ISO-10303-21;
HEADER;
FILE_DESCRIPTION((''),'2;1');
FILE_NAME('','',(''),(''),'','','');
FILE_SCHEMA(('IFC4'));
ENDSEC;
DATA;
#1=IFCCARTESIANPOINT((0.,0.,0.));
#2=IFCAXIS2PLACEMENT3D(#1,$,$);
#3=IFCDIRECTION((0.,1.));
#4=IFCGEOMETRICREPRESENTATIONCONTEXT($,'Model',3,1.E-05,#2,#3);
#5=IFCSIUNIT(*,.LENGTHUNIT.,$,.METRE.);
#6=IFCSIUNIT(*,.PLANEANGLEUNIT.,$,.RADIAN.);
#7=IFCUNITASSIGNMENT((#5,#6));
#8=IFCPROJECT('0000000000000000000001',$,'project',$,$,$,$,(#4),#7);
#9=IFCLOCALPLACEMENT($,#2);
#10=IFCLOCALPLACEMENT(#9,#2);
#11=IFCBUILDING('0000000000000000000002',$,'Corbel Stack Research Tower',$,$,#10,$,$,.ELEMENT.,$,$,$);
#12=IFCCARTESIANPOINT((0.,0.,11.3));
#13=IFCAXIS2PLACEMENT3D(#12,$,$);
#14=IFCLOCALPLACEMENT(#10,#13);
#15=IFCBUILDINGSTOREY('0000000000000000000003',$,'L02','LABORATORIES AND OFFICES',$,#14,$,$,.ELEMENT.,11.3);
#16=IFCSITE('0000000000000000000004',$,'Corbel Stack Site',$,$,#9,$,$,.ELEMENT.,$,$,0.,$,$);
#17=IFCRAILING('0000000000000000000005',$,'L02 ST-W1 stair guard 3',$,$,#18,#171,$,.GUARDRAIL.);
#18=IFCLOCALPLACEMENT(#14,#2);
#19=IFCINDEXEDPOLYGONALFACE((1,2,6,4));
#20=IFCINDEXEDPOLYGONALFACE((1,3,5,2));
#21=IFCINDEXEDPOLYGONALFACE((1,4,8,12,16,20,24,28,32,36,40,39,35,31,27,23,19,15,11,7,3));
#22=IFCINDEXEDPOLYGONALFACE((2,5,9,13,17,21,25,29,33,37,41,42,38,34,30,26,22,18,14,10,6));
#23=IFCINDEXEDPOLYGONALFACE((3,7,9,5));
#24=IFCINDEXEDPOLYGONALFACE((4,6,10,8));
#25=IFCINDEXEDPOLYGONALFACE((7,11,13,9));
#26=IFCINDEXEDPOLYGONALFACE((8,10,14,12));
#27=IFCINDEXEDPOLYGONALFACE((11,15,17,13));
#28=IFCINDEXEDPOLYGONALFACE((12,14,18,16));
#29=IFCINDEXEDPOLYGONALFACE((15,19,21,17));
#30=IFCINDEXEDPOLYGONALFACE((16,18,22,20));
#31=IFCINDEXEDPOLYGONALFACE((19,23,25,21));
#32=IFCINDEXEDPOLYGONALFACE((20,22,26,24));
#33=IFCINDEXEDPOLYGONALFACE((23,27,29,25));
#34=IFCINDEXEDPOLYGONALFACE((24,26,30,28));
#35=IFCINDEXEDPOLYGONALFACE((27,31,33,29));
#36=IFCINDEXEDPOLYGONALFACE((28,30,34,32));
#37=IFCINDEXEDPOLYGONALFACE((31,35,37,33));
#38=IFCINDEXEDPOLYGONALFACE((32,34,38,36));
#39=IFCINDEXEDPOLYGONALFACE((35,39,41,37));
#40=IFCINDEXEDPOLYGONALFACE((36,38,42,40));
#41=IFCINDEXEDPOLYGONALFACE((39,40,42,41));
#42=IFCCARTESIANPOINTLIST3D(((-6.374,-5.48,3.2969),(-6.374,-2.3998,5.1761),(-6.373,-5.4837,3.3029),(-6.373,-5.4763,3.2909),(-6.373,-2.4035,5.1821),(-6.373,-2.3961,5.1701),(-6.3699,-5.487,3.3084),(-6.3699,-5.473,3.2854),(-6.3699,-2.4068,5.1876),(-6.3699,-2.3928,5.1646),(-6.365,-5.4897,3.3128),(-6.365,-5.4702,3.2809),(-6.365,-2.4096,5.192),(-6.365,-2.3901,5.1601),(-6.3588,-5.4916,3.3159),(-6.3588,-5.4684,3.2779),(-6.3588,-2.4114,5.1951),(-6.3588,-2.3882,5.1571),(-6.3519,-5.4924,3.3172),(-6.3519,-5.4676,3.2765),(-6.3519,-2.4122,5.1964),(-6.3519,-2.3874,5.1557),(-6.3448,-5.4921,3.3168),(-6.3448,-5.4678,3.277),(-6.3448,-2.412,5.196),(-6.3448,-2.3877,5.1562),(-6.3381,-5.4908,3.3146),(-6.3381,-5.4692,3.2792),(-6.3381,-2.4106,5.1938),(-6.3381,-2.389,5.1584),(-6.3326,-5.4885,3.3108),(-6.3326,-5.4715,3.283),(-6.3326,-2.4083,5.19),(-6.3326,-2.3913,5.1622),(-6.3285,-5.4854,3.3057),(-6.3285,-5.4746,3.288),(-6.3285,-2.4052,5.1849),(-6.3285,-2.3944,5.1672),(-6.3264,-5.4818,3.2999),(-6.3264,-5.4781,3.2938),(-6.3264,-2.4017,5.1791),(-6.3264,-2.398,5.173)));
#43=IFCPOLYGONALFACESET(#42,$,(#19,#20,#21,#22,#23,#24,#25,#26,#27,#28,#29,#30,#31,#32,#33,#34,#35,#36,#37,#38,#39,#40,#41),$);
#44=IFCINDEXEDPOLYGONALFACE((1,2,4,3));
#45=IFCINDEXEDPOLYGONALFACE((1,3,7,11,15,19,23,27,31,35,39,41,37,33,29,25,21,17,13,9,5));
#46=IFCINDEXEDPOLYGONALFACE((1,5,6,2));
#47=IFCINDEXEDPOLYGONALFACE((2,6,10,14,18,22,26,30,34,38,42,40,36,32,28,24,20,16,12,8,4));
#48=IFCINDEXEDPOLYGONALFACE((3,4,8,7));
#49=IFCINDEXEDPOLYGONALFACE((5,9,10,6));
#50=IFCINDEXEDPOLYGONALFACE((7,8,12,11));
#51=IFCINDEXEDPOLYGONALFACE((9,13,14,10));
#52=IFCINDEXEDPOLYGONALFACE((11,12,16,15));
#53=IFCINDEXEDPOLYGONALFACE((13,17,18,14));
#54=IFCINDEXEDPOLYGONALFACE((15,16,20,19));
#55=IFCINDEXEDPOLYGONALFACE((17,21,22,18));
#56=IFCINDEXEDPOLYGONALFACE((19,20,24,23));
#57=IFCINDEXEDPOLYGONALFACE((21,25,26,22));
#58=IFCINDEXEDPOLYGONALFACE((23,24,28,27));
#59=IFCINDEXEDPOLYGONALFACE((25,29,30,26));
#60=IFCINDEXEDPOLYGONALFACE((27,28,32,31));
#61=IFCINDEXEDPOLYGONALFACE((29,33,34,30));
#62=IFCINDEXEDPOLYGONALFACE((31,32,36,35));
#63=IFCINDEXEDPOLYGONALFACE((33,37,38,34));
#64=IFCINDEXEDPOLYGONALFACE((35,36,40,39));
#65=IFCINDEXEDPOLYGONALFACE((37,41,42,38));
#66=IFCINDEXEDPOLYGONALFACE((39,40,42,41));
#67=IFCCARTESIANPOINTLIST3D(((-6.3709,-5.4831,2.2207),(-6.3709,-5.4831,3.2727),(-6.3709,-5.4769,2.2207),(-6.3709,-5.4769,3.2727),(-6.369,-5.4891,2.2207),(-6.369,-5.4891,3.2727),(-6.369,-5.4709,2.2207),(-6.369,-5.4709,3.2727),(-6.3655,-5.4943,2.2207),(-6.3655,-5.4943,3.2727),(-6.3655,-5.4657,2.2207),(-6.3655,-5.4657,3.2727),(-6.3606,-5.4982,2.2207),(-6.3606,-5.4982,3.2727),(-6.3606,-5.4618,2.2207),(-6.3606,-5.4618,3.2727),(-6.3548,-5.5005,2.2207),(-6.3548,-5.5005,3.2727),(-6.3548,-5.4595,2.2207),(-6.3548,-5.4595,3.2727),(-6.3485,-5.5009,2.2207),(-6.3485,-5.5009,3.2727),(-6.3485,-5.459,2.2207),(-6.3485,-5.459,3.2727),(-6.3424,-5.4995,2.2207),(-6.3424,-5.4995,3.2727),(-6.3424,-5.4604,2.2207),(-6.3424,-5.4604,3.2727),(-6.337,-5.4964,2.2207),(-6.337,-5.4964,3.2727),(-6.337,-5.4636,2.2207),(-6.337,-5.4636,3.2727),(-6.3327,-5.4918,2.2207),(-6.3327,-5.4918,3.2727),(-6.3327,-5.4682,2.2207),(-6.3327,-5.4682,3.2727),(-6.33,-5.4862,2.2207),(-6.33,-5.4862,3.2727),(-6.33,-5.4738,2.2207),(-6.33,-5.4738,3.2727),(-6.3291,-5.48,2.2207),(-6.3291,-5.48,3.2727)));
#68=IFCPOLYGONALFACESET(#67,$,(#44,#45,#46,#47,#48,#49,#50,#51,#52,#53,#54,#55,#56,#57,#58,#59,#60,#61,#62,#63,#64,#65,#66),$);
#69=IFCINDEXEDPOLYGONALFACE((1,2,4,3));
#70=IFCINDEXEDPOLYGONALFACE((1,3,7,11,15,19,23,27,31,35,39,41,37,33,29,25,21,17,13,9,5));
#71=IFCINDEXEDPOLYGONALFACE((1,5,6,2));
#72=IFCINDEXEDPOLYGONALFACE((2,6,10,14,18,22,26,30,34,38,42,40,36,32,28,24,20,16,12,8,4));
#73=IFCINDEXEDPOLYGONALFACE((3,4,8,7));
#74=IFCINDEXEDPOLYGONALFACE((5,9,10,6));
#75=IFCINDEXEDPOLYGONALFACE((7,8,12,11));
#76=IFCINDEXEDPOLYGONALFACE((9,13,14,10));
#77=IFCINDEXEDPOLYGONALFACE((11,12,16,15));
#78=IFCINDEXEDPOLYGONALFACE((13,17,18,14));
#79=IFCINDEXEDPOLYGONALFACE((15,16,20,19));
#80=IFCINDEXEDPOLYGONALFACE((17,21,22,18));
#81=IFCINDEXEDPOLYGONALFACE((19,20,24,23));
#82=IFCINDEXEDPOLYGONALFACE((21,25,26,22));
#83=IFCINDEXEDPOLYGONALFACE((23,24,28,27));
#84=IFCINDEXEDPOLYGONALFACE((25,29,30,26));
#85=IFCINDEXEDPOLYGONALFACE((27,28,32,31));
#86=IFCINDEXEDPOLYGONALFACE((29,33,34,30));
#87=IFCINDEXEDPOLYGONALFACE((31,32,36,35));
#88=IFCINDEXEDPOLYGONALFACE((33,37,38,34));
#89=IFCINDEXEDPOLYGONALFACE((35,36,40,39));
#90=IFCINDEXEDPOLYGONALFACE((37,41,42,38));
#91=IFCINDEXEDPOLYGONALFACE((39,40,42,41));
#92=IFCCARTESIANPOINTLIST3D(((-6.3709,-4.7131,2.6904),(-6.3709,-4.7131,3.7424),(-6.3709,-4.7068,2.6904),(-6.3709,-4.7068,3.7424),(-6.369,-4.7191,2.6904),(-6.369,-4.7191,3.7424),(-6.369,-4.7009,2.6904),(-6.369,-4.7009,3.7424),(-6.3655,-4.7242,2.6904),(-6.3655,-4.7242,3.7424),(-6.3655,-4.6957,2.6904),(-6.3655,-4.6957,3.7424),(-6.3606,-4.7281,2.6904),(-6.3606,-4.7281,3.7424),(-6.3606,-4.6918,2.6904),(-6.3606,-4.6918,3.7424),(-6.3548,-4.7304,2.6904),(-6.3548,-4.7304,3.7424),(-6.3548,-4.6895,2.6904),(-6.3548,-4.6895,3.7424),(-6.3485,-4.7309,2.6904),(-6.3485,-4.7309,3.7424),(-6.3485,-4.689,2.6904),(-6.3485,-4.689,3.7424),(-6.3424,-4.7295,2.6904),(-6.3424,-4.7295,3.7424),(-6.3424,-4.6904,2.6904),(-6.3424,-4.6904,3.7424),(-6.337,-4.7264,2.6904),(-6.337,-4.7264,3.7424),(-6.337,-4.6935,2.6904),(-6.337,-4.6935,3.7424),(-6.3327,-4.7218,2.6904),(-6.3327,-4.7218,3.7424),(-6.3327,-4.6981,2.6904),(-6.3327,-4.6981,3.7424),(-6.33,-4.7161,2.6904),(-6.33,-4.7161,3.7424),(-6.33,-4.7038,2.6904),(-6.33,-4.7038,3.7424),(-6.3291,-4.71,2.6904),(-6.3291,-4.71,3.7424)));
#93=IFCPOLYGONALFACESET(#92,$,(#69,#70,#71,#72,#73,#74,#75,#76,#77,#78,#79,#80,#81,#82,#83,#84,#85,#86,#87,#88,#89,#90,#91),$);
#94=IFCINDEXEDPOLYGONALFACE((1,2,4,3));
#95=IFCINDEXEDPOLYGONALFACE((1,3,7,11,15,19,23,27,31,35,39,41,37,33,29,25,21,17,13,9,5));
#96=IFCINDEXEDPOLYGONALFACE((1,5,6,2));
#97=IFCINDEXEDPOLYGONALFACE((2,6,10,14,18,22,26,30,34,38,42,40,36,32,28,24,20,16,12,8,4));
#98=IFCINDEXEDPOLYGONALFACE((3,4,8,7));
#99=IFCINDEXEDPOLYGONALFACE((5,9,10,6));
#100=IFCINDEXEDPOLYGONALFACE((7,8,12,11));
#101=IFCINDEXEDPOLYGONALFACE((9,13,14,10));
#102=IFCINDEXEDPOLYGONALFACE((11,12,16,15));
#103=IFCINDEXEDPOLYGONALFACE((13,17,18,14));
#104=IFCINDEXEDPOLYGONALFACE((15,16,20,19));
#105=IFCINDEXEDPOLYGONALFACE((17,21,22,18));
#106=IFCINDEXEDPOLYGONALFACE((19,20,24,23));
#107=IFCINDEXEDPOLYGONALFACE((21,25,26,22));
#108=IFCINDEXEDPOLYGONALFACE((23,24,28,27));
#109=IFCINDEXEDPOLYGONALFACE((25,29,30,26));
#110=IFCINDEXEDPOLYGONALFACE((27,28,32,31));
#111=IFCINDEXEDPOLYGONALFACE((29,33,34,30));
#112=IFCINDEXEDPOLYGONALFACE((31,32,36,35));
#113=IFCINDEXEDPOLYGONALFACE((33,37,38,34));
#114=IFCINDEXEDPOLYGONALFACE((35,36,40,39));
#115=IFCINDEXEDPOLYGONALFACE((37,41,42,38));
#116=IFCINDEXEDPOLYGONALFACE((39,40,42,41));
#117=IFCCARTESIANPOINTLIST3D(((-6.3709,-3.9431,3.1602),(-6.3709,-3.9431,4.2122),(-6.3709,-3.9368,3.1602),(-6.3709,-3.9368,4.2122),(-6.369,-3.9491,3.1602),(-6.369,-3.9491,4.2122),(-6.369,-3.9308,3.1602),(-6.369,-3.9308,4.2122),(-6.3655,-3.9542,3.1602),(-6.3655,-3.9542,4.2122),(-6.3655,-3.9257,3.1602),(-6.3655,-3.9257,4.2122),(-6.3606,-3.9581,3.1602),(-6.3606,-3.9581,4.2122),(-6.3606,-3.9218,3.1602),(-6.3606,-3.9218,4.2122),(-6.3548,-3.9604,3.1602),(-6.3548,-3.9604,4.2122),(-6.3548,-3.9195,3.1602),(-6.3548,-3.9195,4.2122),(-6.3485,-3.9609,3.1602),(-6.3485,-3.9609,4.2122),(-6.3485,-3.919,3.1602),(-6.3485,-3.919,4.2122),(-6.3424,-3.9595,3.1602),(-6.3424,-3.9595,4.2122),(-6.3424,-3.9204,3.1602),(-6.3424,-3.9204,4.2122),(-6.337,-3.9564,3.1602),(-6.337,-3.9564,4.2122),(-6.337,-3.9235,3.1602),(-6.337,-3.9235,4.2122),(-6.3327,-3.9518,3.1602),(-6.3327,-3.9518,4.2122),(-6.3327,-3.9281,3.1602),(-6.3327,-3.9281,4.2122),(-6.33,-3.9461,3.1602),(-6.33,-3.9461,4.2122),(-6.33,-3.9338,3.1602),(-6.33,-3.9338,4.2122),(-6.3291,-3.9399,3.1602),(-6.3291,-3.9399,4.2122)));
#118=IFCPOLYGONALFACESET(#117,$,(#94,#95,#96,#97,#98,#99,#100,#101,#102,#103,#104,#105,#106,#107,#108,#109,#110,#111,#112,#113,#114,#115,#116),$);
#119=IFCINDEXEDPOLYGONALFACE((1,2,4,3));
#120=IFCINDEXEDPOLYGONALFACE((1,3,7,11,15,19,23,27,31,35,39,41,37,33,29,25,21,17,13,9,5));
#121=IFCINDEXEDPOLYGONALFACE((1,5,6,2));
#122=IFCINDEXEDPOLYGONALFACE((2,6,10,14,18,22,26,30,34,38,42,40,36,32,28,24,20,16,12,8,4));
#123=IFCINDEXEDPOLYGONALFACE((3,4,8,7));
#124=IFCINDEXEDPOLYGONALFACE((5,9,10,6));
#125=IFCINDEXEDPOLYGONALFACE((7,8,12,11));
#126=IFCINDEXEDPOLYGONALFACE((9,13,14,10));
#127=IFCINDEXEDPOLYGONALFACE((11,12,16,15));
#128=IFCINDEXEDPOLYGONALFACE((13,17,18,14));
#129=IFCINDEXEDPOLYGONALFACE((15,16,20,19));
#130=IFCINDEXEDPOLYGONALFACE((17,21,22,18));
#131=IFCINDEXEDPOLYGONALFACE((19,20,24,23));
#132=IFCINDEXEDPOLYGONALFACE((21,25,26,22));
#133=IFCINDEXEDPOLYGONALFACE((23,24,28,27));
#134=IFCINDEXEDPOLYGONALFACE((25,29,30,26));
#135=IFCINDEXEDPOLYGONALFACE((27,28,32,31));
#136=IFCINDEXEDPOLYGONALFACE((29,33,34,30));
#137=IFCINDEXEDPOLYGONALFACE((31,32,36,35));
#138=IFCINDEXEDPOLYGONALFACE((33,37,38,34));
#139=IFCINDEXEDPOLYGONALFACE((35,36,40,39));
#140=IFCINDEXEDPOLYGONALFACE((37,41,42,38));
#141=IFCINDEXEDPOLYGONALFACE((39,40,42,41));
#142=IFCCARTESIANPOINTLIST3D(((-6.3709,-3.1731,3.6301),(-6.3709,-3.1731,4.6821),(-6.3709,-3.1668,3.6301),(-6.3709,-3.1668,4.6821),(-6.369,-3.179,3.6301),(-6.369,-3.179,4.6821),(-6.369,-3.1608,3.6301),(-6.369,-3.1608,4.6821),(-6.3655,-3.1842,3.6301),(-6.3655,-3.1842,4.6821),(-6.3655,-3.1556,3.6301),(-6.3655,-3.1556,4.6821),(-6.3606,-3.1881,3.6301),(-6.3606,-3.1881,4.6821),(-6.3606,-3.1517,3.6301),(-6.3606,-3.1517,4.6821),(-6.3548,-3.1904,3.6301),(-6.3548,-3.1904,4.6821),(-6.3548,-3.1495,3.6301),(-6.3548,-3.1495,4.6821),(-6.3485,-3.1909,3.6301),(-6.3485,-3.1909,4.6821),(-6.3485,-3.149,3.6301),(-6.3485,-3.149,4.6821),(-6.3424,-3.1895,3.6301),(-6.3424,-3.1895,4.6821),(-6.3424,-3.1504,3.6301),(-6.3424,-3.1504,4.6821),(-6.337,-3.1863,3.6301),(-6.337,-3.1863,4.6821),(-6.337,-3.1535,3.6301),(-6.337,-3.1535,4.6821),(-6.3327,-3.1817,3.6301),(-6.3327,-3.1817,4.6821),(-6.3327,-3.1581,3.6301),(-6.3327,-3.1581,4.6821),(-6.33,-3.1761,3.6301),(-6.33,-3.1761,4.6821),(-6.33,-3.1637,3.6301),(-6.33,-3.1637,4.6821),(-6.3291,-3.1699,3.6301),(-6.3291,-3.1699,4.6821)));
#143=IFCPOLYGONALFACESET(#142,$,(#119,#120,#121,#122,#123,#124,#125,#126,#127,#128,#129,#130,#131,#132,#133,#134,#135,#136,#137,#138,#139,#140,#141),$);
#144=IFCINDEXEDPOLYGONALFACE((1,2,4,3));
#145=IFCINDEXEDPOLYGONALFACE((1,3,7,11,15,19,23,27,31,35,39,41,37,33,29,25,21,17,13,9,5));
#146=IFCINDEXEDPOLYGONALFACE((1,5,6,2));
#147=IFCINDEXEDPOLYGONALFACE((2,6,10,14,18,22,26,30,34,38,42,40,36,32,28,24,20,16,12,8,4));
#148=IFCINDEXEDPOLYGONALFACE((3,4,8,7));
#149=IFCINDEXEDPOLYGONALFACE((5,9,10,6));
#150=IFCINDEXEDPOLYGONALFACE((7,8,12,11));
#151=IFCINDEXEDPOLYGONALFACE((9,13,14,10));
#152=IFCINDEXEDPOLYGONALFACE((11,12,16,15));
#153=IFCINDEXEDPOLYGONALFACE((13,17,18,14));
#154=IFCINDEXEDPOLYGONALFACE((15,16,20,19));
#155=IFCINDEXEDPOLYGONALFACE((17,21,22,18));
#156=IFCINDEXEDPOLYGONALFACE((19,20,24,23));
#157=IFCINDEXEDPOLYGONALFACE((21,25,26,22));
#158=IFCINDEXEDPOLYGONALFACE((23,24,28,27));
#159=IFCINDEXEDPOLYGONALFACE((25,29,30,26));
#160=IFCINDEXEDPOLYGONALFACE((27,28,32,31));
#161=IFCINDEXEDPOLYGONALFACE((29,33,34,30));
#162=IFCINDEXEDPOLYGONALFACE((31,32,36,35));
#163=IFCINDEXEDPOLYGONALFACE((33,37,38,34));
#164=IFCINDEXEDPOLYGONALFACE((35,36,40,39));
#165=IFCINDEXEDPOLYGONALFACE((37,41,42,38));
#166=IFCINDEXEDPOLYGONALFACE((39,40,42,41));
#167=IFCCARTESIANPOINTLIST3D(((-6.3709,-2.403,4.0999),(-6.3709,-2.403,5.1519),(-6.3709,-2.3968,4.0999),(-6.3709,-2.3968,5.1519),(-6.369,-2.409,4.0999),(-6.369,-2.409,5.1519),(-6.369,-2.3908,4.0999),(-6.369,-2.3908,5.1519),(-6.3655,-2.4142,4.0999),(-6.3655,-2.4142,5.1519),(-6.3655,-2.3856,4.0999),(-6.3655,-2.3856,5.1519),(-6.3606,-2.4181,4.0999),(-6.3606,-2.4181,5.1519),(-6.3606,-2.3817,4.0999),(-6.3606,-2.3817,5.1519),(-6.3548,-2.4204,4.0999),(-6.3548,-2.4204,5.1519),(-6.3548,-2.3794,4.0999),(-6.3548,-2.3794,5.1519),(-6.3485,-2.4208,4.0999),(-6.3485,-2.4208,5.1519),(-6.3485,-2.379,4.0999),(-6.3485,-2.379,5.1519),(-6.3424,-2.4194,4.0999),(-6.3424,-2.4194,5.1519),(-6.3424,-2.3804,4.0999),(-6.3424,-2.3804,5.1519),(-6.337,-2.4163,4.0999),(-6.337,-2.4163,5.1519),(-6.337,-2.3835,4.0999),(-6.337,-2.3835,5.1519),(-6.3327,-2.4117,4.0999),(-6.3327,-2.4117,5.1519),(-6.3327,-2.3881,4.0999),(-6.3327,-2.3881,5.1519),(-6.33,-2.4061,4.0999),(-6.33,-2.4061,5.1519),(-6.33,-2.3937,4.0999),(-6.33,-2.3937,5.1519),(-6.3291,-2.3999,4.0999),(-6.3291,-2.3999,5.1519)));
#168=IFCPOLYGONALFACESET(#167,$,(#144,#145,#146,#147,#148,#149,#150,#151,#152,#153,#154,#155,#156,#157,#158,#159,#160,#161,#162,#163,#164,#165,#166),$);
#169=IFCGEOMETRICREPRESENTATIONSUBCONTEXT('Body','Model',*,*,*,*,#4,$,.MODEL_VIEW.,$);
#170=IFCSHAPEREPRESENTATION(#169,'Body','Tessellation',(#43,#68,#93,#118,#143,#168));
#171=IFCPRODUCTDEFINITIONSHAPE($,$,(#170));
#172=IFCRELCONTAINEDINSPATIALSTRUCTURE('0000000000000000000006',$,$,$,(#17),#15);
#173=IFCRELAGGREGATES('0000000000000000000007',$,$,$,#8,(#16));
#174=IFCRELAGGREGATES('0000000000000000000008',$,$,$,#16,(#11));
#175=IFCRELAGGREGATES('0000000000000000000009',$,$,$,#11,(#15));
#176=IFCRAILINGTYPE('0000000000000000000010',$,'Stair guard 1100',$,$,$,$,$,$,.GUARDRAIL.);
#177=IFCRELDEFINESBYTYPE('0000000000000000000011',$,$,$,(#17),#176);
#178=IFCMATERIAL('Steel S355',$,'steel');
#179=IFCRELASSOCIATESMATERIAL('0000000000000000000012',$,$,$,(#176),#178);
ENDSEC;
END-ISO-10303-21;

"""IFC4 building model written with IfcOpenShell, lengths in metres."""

from ifc_helpers import new_model, si_unit, direction, frame, origin, origin_2d, place, context, subcontext, project, spatial, circle, extrude, material, type_object, element, save


model = new_model("IFC4")

# Units and contexts
model_context = context("Model", 3, precision=1e-05, world=origin(), true_north=direction((0.0, 1.0)))
body_context = subcontext(model_context, "Body", "Model", "MODEL_VIEW")
ifc_project = project(units=[si_unit("LENGTHUNIT", "METRE"), si_unit("PLANEANGLEUNIT", "RADIAN")], contexts=[model_context])

# Site, building, storey
site_placement = place(None, origin())
site = spatial("IfcSite", under=ifc_project, at=site_placement, Name="Corbel Stack Site", CompositionType="ELEMENT", RefElevation=0.0)
building_placement = place(site_placement, origin())
building = spatial("IfcBuilding", under=site, at=building_placement, Name="Corbel Stack Research Tower", CompositionType="ELEMENT")
storey_placement = place(building_placement, frame((0.0, 0.0, 11.3)))
storey = spatial("IfcBuildingStorey", under=building, at=storey_placement, Name="L02", Description="LABORATORIES AND OFFICES", CompositionType="ELEMENT", Elevation=11.3)

# Railing
ifc_material_1 = material(Name="Steel S355", Category="steel")
railing_type_1 = type_object("IfcRailingType", Name="Stair guard 1100", PredefinedType="GUARDRAIL", material=ifc_material_1)
railing_1_placement = place(storey_placement, frame((-6.3501, -5.48, 2.2207)))
element("IfcRailing", 1, at=railing_1_placement, inside=storey, type_object=railing_type_1, Name="L02 ST-W1 stair guard 3", PredefinedType="GUARDRAIL", context=body_context, shape_type="SweptSolid", body=[
    extrude(circle(Radius=0.0239, at=origin_2d()), frame((0.0, 0.0, 1.0762), z_axis=(0.0, 0.853666, 0.52082), x_axis=(-1.0, 0.0, 0.0)), (0.0, 0.0, 1.0), 3.6082),
    extrude(circle(Radius=0.021, at=origin_2d()), origin(), (0.0, 0.0, 1.0), 1.052),
    extrude(circle(Radius=0.021, at=origin_2d()), frame((0.0, 0.77, 0.4697)), (0.0, 0.0, 1.0), 1.052),
    extrude(circle(Radius=0.021, at=origin_2d()), frame((0.0, 1.54, 0.9395)), (0.0, 0.0, 1.0), 1.052),
    extrude(circle(Radius=0.021, at=origin_2d()), frame((0.0, 2.3101, 1.4094)), (0.0, 0.0, 1.0), 1.052),
    extrude(circle(Radius=0.021, at=origin_2d()), frame((0.0, 3.0801, 1.8792)), (0.0, 0.0, 1.0), 1.052),
])

save(model, "model.ifc")
